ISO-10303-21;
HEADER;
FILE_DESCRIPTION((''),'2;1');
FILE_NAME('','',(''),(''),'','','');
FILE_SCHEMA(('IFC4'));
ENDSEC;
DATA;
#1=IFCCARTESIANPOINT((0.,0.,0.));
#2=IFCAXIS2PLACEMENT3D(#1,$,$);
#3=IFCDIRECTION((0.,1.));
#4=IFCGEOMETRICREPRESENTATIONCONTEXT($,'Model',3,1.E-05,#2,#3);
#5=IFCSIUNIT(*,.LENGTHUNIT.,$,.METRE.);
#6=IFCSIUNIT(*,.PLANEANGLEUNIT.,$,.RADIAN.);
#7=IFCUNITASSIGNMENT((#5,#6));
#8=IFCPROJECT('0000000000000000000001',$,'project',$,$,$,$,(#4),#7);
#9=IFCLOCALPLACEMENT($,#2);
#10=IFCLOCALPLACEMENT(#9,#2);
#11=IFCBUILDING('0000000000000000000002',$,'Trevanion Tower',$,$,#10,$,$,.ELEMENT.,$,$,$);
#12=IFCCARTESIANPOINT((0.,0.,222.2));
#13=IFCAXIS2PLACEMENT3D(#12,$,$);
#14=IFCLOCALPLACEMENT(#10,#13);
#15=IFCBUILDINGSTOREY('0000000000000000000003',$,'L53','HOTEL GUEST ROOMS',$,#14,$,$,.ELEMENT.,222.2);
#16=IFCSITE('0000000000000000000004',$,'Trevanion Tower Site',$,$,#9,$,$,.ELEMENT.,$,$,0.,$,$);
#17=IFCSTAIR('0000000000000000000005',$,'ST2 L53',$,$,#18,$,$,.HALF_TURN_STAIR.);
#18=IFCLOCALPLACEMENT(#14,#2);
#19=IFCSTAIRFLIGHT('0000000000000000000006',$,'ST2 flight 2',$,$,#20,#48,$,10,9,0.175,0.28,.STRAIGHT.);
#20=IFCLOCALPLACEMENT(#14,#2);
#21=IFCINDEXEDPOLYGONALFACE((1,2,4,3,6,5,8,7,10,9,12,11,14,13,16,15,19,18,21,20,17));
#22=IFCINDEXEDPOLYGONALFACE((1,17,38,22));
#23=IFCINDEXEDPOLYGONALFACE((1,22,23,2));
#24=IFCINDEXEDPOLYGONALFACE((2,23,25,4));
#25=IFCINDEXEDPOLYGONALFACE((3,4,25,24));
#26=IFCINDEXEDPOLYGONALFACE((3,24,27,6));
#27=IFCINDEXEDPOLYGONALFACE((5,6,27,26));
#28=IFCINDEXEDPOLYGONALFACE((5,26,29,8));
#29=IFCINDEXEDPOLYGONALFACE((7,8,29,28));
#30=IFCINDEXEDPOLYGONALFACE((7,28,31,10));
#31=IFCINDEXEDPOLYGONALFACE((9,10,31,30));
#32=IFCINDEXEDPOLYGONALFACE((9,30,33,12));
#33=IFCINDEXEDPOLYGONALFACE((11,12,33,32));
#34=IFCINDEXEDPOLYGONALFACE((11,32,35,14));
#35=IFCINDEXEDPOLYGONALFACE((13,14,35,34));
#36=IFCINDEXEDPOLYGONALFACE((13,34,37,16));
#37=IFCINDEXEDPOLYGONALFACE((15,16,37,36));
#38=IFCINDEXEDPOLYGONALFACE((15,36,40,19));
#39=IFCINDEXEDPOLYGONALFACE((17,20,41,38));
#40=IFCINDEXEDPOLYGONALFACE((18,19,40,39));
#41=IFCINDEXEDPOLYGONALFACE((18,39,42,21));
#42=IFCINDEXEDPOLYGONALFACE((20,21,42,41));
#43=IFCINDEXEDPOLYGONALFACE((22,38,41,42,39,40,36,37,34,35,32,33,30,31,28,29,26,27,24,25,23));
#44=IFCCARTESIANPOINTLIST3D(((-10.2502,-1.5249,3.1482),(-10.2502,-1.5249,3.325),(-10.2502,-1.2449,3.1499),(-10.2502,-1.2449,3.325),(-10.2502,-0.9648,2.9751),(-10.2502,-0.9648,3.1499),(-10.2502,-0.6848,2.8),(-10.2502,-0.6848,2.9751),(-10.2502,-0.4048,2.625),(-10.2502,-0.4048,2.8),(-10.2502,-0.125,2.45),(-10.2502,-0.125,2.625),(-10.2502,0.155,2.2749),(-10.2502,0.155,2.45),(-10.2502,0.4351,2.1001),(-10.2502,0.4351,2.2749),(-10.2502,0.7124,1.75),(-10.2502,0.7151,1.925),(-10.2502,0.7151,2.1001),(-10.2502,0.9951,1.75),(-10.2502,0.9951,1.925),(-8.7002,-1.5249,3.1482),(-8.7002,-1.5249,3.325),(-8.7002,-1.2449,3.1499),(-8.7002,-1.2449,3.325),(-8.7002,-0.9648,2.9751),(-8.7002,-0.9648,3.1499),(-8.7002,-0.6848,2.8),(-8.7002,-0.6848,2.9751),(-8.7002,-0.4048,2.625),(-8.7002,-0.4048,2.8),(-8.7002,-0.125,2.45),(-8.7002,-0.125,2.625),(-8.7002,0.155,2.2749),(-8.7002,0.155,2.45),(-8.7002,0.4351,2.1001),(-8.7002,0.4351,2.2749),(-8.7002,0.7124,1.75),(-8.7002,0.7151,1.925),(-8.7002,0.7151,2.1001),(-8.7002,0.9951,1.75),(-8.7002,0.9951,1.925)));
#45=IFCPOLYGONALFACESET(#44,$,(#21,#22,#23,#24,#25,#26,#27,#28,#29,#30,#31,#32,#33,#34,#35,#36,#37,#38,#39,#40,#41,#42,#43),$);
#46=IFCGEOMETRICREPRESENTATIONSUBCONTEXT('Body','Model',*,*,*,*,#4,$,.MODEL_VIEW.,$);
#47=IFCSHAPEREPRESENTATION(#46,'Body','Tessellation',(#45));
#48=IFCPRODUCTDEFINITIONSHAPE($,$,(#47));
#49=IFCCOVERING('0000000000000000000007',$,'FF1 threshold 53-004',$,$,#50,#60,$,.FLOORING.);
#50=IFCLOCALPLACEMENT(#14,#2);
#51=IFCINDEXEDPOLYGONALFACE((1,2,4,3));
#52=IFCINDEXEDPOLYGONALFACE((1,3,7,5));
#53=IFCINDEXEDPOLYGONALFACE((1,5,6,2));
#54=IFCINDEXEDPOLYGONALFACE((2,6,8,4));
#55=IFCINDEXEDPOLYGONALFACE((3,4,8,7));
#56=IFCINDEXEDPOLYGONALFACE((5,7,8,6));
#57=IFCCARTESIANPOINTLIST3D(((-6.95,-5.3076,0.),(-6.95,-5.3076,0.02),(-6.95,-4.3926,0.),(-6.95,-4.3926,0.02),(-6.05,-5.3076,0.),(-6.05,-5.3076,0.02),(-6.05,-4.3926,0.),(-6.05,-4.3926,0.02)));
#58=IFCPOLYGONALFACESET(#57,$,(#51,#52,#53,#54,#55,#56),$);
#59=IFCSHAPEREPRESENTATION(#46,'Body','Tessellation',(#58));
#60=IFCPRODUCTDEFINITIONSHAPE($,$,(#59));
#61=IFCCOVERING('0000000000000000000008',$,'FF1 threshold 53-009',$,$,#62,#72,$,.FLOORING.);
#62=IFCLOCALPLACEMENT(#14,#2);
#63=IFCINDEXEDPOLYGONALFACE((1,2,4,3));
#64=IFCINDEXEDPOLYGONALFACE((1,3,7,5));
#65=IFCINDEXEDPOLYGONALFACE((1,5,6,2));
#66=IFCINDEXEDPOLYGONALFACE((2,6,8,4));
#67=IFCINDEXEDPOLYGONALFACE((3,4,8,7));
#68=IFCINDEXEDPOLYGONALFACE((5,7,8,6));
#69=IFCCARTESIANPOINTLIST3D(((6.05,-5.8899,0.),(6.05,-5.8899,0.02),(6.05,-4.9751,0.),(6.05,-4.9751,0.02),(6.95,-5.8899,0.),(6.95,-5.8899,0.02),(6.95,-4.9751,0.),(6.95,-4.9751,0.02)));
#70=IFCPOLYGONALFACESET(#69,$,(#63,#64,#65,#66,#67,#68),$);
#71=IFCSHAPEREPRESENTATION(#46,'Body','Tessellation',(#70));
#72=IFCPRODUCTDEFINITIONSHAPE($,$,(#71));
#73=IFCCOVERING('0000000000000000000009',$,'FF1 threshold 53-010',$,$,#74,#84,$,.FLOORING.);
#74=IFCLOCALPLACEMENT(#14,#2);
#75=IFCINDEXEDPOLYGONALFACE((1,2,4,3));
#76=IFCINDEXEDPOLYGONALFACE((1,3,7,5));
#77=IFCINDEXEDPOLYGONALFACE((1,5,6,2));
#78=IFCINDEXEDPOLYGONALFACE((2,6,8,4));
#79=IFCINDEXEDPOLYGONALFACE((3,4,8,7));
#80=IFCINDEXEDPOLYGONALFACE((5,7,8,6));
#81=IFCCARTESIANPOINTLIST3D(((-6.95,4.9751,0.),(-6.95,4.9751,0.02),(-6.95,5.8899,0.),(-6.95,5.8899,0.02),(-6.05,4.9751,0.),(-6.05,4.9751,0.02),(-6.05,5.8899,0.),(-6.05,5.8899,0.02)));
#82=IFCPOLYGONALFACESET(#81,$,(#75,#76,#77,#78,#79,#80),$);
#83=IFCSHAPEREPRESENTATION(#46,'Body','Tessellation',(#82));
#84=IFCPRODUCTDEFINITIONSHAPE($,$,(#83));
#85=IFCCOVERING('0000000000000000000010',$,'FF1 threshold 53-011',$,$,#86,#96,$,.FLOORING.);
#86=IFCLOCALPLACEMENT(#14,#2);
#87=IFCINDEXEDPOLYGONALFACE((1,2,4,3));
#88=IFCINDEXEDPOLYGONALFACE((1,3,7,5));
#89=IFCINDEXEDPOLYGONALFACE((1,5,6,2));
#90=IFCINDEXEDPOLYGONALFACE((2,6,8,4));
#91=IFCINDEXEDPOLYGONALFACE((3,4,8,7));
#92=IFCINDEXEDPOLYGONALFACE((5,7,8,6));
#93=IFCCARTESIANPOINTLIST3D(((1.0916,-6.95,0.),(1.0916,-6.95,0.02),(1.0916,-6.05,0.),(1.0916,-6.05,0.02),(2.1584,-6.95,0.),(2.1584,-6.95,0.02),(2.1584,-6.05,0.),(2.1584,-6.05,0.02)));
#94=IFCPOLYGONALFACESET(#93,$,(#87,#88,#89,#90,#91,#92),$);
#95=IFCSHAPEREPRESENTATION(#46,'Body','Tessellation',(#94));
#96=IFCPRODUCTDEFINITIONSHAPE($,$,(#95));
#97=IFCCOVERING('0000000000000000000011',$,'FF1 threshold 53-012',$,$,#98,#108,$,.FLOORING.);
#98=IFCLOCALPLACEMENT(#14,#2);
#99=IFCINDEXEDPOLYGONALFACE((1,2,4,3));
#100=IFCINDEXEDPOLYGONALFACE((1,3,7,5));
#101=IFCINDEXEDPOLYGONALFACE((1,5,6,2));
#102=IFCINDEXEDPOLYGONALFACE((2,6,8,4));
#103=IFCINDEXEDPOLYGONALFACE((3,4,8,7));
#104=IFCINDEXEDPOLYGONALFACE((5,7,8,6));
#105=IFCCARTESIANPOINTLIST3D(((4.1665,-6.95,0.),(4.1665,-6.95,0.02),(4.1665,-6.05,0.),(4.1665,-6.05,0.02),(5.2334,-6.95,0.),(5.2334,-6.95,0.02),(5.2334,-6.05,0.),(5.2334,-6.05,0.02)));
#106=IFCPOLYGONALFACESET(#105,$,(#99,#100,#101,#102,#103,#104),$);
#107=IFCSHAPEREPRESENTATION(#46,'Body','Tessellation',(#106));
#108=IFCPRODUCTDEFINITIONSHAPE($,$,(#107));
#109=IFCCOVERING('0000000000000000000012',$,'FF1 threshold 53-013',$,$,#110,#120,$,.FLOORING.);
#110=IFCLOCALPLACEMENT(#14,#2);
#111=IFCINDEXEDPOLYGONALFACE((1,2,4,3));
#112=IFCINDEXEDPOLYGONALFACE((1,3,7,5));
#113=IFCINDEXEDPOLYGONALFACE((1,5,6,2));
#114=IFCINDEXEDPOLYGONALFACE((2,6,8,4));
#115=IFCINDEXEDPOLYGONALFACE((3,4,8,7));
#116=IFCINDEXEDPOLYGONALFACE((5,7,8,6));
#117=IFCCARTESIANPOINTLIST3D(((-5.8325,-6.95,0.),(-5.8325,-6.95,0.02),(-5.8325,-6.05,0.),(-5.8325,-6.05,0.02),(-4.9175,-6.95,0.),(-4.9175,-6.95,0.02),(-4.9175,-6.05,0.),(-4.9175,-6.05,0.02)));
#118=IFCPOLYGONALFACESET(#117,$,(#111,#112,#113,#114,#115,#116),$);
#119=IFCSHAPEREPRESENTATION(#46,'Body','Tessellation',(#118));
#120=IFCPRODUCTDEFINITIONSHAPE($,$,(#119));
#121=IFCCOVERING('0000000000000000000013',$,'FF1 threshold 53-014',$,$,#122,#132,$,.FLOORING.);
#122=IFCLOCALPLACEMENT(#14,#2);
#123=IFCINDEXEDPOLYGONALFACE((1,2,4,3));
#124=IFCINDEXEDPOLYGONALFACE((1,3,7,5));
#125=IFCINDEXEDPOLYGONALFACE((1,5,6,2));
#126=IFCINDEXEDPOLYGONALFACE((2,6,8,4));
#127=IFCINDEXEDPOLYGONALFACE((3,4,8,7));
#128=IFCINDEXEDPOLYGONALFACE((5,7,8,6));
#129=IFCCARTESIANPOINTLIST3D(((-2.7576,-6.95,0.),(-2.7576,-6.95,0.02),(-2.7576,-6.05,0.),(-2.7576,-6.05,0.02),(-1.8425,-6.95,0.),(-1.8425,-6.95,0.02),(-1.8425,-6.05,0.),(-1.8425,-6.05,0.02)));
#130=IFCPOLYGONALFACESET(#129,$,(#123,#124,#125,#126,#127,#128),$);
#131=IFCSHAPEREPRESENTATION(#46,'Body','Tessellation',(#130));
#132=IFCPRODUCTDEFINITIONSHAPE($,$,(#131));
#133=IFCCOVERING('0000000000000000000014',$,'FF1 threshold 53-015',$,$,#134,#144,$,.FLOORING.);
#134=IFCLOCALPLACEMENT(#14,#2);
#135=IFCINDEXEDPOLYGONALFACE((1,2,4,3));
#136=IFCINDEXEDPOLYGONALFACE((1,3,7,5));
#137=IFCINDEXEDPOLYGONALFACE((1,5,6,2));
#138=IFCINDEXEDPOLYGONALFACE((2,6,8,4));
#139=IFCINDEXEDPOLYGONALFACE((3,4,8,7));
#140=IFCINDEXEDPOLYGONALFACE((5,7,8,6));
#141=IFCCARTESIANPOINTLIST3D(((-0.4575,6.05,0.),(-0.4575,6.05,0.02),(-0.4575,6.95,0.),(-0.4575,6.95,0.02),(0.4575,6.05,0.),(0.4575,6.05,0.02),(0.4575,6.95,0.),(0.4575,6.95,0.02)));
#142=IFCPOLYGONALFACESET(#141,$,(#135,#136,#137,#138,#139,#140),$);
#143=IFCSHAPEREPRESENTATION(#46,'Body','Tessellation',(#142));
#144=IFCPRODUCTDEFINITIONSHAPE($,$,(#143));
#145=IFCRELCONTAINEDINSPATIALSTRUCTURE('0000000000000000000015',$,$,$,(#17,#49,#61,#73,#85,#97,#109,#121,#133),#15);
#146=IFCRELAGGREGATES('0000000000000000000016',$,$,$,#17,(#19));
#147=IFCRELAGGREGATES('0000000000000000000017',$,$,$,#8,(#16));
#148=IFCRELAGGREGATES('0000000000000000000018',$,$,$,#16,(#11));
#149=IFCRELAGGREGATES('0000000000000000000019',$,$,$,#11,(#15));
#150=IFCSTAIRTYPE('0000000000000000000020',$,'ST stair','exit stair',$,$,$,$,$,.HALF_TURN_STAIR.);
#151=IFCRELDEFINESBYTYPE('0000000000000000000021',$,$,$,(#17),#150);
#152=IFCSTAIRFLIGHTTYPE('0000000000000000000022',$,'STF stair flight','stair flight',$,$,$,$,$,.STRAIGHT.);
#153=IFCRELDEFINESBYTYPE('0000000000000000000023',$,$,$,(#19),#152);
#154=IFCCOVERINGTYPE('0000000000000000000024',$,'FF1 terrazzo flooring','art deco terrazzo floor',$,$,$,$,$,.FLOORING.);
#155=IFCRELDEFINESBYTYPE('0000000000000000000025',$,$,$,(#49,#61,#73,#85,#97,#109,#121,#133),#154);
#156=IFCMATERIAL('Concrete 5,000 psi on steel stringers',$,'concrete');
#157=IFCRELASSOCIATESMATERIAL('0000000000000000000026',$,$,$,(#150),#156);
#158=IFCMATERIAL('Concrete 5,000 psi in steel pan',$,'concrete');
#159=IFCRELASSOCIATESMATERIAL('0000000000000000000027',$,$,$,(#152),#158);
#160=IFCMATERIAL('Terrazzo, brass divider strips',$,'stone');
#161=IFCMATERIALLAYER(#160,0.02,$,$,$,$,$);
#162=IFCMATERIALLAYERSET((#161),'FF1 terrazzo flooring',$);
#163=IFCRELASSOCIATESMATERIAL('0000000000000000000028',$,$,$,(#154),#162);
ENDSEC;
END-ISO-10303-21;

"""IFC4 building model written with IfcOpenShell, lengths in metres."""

from ifc_helpers import new_model, si_unit, direction, frame, origin, place, context, subcontext, project, spatial, polyline, outline, extrude, material, layer, layer_set, type_object, element, aggregate, save


model = new_model("IFC4")

# Units and contexts
model_context = context("Model", 3, precision=1e-05, world=origin(), true_north=direction((0.0, 1.0)))
body_context = subcontext(model_context, "Body", "Model", "MODEL_VIEW")
ifc_project = project(units=[si_unit("LENGTHUNIT", "METRE"), si_unit("PLANEANGLEUNIT", "RADIAN")], contexts=[model_context])

# Site, building, storey
site_placement = place(None, origin())
site = spatial("IfcSite", under=ifc_project, at=site_placement, Name="Trevanion Tower Site", CompositionType="ELEMENT", RefElevation=0.0)
building_placement = place(site_placement, origin())
building = spatial("IfcBuilding", under=site, at=building_placement, Name="Trevanion Tower", CompositionType="ELEMENT")
storey_placement = place(building_placement, frame((0.0, 0.0, 222.2)))
storey = spatial("IfcBuildingStorey", under=building, at=storey_placement, Name="L53", Description="HOTEL GUEST ROOMS", CompositionType="ELEMENT", Elevation=222.2)

# Stair, stair flight
ifc_material_1 = material(Name="Concrete 5,000 psi on steel stringers", Category="concrete")
stair_type = type_object("IfcStairType", Name="ST stair", Description="exit stair", PredefinedType="HALF_TURN_STAIR", material=ifc_material_1)
stair_placement = place(storey_placement, origin())
stair = element("IfcStair", 1, at=stair_placement, inside=storey, type_object=stair_type, Name="ST2 L53", PredefinedType="HALF_TURN_STAIR")
ifc_material_2 = material(Name="Concrete 5,000 psi in steel pan", Category="concrete")
stair_flight_type = type_object("IfcStairFlightType", Name="STF stair flight", Description="stair flight", PredefinedType="STRAIGHT", material=ifc_material_2)
stair_flight_placement = place(storey_placement, frame((-9.4751, 0.9951, 1.75), z_axis=(0.0, 0.0, 1.0), x_axis=(0.0, -1.0, 0.0)))
stair_flight = element("IfcStairFlight", 2, at=stair_flight_placement, type_object=stair_flight_type, Name="ST2 flight 2", NumberOfRisers=10, NumberOfTreads=9, PredefinedType="STRAIGHT", RiserHeight=0.175, TreadLength=0.28, context=body_context, shape_type="SweptSolid", body=[
    extrude(outline(polyline([(0.0, 0.0), (0.0, 0.175), (0.28, 0.175), (0.28, 0.3501), (0.5601, 0.3501), (0.5601, 0.5249), (0.8401, 0.5249), (0.8401, 0.7), (1.1201, 0.7), (1.1201, 0.875), (1.3999, 0.875), (1.3999, 1.05), (1.6799, 1.05), (1.6799, 1.2251), (1.96, 1.2251), (1.96, 1.3999), (2.24, 1.3999), (2.24, 1.575), (2.52, 1.575), (2.52, 1.75), (2.52, 1.3982), (0.2827, 0.0), (0.0, 0.0)])), frame((0.0, 0.7749, 0.0), z_axis=(0.0, -1.0, 0.0), x_axis=(1.0, 0.0, 0.0)), (0.0, 0.0, 1.0), 1.55),
])
aggregate(stair, [stair_flight])

# Coverings
ifc_material_3 = material(Name="Terrazzo, brass divider strips", Category="stone")
ifc_layer_1 = layer(ifc_material_3, 0.02)
ifc_layer_set_1 = layer_set([ifc_layer_1], Name="FF1 terrazzo flooring")
covering_type = type_object("IfcCoveringType", Name="FF1 terrazzo flooring", Description="art deco terrazzo floor", PredefinedType="FLOORING", material=ifc_layer_set_1)
covering_1_placement = place(storey_placement, origin())
element("IfcCovering", 3, at=covering_1_placement, inside=storey, type_object=covering_type, Name="FF1 threshold 53-004", PredefinedType="FLOORING", context=body_context, shape_type="SweptSolid", body=[
    extrude(outline(polyline([(-6.95, -4.3926), (-6.95, -5.3076), (-6.05, -5.3076), (-6.05, -4.3926), (-6.95, -4.3926)])), origin(), (0.0, 0.0, 1.0), 0.02),
])
covering_2_placement = place(storey_placement, origin())
element("IfcCovering", 4, at=covering_2_placement, inside=storey, type_object=covering_type, Name="FF1 threshold 53-009", PredefinedType="FLOORING", context=body_context, shape_type="SweptSolid", body=[
    extrude(outline(polyline([(6.95, -5.8899), (6.95, -4.9751), (6.05, -4.9751), (6.05, -5.8899), (6.95, -5.8899)])), origin(), (0.0, 0.0, 1.0), 0.02),
])
covering_3_placement = place(storey_placement, origin())
element("IfcCovering", 5, at=covering_3_placement, inside=storey, type_object=covering_type, Name="FF1 threshold 53-010", PredefinedType="FLOORING", context=body_context, shape_type="SweptSolid", body=[
    extrude(outline(polyline([(-6.95, 5.8899), (-6.95, 4.9751), (-6.05, 4.9751), (-6.05, 5.8899), (-6.95, 5.8899)])), origin(), (0.0, 0.0, 1.0), 0.02),
])
covering_4_placement = place(storey_placement, origin())
element("IfcCovering", 6, at=covering_4_placement, inside=storey, type_object=covering_type, Name="FF1 threshold 53-011", PredefinedType="FLOORING", context=body_context, shape_type="SweptSolid", body=[
    extrude(outline(polyline([(1.0916, -6.95), (2.1584, -6.95), (2.1584, -6.05), (1.0916, -6.05), (1.0916, -6.95)])), origin(), (0.0, 0.0, 1.0), 0.02),
])
covering_5_placement = place(storey_placement, origin())
element("IfcCovering", 7, at=covering_5_placement, inside=storey, type_object=covering_type, Name="FF1 threshold 53-012", PredefinedType="FLOORING", context=body_context, shape_type="SweptSolid", body=[
    extrude(outline(polyline([(4.1665, -6.95), (5.2334, -6.95), (5.2334, -6.05), (4.1665, -6.05), (4.1665, -6.95)])), origin(), (0.0, 0.0, 1.0), 0.02),
])
covering_6_placement = place(storey_placement, origin())
element("IfcCovering", 8, at=covering_6_placement, inside=storey, type_object=covering_type, Name="FF1 threshold 53-013", PredefinedType="FLOORING", context=body_context, shape_type="SweptSolid", body=[
    extrude(outline(polyline([(-5.8325, -6.95), (-4.9175, -6.95), (-4.9175, -6.05), (-5.8325, -6.05), (-5.8325, -6.95)])), origin(), (0.0, 0.0, 1.0), 0.02),
])
covering_7_placement = place(storey_placement, origin())
element("IfcCovering", 9, at=covering_7_placement, inside=storey, type_object=covering_type, Name="FF1 threshold 53-014", PredefinedType="FLOORING", context=body_context, shape_type="SweptSolid", body=[
    extrude(outline(polyline([(-2.7576, -6.95), (-1.8425, -6.95), (-1.8425, -6.05), (-2.7576, -6.05), (-2.7576, -6.95)])), origin(), (0.0, 0.0, 1.0), 0.02),
])
covering_8_placement = place(storey_placement, origin())
element("IfcCovering", 10, at=covering_8_placement, inside=storey, type_object=covering_type, Name="FF1 threshold 53-015", PredefinedType="FLOORING", context=body_context, shape_type="SweptSolid", body=[
    extrude(outline(polyline([(0.4575, 6.95), (-0.4575, 6.95), (-0.4575, 6.05), (0.4575, 6.05), (0.4575, 6.95)])), origin(), (0.0, 0.0, 1.0), 0.02),
])

save(model, "model.ifc")
